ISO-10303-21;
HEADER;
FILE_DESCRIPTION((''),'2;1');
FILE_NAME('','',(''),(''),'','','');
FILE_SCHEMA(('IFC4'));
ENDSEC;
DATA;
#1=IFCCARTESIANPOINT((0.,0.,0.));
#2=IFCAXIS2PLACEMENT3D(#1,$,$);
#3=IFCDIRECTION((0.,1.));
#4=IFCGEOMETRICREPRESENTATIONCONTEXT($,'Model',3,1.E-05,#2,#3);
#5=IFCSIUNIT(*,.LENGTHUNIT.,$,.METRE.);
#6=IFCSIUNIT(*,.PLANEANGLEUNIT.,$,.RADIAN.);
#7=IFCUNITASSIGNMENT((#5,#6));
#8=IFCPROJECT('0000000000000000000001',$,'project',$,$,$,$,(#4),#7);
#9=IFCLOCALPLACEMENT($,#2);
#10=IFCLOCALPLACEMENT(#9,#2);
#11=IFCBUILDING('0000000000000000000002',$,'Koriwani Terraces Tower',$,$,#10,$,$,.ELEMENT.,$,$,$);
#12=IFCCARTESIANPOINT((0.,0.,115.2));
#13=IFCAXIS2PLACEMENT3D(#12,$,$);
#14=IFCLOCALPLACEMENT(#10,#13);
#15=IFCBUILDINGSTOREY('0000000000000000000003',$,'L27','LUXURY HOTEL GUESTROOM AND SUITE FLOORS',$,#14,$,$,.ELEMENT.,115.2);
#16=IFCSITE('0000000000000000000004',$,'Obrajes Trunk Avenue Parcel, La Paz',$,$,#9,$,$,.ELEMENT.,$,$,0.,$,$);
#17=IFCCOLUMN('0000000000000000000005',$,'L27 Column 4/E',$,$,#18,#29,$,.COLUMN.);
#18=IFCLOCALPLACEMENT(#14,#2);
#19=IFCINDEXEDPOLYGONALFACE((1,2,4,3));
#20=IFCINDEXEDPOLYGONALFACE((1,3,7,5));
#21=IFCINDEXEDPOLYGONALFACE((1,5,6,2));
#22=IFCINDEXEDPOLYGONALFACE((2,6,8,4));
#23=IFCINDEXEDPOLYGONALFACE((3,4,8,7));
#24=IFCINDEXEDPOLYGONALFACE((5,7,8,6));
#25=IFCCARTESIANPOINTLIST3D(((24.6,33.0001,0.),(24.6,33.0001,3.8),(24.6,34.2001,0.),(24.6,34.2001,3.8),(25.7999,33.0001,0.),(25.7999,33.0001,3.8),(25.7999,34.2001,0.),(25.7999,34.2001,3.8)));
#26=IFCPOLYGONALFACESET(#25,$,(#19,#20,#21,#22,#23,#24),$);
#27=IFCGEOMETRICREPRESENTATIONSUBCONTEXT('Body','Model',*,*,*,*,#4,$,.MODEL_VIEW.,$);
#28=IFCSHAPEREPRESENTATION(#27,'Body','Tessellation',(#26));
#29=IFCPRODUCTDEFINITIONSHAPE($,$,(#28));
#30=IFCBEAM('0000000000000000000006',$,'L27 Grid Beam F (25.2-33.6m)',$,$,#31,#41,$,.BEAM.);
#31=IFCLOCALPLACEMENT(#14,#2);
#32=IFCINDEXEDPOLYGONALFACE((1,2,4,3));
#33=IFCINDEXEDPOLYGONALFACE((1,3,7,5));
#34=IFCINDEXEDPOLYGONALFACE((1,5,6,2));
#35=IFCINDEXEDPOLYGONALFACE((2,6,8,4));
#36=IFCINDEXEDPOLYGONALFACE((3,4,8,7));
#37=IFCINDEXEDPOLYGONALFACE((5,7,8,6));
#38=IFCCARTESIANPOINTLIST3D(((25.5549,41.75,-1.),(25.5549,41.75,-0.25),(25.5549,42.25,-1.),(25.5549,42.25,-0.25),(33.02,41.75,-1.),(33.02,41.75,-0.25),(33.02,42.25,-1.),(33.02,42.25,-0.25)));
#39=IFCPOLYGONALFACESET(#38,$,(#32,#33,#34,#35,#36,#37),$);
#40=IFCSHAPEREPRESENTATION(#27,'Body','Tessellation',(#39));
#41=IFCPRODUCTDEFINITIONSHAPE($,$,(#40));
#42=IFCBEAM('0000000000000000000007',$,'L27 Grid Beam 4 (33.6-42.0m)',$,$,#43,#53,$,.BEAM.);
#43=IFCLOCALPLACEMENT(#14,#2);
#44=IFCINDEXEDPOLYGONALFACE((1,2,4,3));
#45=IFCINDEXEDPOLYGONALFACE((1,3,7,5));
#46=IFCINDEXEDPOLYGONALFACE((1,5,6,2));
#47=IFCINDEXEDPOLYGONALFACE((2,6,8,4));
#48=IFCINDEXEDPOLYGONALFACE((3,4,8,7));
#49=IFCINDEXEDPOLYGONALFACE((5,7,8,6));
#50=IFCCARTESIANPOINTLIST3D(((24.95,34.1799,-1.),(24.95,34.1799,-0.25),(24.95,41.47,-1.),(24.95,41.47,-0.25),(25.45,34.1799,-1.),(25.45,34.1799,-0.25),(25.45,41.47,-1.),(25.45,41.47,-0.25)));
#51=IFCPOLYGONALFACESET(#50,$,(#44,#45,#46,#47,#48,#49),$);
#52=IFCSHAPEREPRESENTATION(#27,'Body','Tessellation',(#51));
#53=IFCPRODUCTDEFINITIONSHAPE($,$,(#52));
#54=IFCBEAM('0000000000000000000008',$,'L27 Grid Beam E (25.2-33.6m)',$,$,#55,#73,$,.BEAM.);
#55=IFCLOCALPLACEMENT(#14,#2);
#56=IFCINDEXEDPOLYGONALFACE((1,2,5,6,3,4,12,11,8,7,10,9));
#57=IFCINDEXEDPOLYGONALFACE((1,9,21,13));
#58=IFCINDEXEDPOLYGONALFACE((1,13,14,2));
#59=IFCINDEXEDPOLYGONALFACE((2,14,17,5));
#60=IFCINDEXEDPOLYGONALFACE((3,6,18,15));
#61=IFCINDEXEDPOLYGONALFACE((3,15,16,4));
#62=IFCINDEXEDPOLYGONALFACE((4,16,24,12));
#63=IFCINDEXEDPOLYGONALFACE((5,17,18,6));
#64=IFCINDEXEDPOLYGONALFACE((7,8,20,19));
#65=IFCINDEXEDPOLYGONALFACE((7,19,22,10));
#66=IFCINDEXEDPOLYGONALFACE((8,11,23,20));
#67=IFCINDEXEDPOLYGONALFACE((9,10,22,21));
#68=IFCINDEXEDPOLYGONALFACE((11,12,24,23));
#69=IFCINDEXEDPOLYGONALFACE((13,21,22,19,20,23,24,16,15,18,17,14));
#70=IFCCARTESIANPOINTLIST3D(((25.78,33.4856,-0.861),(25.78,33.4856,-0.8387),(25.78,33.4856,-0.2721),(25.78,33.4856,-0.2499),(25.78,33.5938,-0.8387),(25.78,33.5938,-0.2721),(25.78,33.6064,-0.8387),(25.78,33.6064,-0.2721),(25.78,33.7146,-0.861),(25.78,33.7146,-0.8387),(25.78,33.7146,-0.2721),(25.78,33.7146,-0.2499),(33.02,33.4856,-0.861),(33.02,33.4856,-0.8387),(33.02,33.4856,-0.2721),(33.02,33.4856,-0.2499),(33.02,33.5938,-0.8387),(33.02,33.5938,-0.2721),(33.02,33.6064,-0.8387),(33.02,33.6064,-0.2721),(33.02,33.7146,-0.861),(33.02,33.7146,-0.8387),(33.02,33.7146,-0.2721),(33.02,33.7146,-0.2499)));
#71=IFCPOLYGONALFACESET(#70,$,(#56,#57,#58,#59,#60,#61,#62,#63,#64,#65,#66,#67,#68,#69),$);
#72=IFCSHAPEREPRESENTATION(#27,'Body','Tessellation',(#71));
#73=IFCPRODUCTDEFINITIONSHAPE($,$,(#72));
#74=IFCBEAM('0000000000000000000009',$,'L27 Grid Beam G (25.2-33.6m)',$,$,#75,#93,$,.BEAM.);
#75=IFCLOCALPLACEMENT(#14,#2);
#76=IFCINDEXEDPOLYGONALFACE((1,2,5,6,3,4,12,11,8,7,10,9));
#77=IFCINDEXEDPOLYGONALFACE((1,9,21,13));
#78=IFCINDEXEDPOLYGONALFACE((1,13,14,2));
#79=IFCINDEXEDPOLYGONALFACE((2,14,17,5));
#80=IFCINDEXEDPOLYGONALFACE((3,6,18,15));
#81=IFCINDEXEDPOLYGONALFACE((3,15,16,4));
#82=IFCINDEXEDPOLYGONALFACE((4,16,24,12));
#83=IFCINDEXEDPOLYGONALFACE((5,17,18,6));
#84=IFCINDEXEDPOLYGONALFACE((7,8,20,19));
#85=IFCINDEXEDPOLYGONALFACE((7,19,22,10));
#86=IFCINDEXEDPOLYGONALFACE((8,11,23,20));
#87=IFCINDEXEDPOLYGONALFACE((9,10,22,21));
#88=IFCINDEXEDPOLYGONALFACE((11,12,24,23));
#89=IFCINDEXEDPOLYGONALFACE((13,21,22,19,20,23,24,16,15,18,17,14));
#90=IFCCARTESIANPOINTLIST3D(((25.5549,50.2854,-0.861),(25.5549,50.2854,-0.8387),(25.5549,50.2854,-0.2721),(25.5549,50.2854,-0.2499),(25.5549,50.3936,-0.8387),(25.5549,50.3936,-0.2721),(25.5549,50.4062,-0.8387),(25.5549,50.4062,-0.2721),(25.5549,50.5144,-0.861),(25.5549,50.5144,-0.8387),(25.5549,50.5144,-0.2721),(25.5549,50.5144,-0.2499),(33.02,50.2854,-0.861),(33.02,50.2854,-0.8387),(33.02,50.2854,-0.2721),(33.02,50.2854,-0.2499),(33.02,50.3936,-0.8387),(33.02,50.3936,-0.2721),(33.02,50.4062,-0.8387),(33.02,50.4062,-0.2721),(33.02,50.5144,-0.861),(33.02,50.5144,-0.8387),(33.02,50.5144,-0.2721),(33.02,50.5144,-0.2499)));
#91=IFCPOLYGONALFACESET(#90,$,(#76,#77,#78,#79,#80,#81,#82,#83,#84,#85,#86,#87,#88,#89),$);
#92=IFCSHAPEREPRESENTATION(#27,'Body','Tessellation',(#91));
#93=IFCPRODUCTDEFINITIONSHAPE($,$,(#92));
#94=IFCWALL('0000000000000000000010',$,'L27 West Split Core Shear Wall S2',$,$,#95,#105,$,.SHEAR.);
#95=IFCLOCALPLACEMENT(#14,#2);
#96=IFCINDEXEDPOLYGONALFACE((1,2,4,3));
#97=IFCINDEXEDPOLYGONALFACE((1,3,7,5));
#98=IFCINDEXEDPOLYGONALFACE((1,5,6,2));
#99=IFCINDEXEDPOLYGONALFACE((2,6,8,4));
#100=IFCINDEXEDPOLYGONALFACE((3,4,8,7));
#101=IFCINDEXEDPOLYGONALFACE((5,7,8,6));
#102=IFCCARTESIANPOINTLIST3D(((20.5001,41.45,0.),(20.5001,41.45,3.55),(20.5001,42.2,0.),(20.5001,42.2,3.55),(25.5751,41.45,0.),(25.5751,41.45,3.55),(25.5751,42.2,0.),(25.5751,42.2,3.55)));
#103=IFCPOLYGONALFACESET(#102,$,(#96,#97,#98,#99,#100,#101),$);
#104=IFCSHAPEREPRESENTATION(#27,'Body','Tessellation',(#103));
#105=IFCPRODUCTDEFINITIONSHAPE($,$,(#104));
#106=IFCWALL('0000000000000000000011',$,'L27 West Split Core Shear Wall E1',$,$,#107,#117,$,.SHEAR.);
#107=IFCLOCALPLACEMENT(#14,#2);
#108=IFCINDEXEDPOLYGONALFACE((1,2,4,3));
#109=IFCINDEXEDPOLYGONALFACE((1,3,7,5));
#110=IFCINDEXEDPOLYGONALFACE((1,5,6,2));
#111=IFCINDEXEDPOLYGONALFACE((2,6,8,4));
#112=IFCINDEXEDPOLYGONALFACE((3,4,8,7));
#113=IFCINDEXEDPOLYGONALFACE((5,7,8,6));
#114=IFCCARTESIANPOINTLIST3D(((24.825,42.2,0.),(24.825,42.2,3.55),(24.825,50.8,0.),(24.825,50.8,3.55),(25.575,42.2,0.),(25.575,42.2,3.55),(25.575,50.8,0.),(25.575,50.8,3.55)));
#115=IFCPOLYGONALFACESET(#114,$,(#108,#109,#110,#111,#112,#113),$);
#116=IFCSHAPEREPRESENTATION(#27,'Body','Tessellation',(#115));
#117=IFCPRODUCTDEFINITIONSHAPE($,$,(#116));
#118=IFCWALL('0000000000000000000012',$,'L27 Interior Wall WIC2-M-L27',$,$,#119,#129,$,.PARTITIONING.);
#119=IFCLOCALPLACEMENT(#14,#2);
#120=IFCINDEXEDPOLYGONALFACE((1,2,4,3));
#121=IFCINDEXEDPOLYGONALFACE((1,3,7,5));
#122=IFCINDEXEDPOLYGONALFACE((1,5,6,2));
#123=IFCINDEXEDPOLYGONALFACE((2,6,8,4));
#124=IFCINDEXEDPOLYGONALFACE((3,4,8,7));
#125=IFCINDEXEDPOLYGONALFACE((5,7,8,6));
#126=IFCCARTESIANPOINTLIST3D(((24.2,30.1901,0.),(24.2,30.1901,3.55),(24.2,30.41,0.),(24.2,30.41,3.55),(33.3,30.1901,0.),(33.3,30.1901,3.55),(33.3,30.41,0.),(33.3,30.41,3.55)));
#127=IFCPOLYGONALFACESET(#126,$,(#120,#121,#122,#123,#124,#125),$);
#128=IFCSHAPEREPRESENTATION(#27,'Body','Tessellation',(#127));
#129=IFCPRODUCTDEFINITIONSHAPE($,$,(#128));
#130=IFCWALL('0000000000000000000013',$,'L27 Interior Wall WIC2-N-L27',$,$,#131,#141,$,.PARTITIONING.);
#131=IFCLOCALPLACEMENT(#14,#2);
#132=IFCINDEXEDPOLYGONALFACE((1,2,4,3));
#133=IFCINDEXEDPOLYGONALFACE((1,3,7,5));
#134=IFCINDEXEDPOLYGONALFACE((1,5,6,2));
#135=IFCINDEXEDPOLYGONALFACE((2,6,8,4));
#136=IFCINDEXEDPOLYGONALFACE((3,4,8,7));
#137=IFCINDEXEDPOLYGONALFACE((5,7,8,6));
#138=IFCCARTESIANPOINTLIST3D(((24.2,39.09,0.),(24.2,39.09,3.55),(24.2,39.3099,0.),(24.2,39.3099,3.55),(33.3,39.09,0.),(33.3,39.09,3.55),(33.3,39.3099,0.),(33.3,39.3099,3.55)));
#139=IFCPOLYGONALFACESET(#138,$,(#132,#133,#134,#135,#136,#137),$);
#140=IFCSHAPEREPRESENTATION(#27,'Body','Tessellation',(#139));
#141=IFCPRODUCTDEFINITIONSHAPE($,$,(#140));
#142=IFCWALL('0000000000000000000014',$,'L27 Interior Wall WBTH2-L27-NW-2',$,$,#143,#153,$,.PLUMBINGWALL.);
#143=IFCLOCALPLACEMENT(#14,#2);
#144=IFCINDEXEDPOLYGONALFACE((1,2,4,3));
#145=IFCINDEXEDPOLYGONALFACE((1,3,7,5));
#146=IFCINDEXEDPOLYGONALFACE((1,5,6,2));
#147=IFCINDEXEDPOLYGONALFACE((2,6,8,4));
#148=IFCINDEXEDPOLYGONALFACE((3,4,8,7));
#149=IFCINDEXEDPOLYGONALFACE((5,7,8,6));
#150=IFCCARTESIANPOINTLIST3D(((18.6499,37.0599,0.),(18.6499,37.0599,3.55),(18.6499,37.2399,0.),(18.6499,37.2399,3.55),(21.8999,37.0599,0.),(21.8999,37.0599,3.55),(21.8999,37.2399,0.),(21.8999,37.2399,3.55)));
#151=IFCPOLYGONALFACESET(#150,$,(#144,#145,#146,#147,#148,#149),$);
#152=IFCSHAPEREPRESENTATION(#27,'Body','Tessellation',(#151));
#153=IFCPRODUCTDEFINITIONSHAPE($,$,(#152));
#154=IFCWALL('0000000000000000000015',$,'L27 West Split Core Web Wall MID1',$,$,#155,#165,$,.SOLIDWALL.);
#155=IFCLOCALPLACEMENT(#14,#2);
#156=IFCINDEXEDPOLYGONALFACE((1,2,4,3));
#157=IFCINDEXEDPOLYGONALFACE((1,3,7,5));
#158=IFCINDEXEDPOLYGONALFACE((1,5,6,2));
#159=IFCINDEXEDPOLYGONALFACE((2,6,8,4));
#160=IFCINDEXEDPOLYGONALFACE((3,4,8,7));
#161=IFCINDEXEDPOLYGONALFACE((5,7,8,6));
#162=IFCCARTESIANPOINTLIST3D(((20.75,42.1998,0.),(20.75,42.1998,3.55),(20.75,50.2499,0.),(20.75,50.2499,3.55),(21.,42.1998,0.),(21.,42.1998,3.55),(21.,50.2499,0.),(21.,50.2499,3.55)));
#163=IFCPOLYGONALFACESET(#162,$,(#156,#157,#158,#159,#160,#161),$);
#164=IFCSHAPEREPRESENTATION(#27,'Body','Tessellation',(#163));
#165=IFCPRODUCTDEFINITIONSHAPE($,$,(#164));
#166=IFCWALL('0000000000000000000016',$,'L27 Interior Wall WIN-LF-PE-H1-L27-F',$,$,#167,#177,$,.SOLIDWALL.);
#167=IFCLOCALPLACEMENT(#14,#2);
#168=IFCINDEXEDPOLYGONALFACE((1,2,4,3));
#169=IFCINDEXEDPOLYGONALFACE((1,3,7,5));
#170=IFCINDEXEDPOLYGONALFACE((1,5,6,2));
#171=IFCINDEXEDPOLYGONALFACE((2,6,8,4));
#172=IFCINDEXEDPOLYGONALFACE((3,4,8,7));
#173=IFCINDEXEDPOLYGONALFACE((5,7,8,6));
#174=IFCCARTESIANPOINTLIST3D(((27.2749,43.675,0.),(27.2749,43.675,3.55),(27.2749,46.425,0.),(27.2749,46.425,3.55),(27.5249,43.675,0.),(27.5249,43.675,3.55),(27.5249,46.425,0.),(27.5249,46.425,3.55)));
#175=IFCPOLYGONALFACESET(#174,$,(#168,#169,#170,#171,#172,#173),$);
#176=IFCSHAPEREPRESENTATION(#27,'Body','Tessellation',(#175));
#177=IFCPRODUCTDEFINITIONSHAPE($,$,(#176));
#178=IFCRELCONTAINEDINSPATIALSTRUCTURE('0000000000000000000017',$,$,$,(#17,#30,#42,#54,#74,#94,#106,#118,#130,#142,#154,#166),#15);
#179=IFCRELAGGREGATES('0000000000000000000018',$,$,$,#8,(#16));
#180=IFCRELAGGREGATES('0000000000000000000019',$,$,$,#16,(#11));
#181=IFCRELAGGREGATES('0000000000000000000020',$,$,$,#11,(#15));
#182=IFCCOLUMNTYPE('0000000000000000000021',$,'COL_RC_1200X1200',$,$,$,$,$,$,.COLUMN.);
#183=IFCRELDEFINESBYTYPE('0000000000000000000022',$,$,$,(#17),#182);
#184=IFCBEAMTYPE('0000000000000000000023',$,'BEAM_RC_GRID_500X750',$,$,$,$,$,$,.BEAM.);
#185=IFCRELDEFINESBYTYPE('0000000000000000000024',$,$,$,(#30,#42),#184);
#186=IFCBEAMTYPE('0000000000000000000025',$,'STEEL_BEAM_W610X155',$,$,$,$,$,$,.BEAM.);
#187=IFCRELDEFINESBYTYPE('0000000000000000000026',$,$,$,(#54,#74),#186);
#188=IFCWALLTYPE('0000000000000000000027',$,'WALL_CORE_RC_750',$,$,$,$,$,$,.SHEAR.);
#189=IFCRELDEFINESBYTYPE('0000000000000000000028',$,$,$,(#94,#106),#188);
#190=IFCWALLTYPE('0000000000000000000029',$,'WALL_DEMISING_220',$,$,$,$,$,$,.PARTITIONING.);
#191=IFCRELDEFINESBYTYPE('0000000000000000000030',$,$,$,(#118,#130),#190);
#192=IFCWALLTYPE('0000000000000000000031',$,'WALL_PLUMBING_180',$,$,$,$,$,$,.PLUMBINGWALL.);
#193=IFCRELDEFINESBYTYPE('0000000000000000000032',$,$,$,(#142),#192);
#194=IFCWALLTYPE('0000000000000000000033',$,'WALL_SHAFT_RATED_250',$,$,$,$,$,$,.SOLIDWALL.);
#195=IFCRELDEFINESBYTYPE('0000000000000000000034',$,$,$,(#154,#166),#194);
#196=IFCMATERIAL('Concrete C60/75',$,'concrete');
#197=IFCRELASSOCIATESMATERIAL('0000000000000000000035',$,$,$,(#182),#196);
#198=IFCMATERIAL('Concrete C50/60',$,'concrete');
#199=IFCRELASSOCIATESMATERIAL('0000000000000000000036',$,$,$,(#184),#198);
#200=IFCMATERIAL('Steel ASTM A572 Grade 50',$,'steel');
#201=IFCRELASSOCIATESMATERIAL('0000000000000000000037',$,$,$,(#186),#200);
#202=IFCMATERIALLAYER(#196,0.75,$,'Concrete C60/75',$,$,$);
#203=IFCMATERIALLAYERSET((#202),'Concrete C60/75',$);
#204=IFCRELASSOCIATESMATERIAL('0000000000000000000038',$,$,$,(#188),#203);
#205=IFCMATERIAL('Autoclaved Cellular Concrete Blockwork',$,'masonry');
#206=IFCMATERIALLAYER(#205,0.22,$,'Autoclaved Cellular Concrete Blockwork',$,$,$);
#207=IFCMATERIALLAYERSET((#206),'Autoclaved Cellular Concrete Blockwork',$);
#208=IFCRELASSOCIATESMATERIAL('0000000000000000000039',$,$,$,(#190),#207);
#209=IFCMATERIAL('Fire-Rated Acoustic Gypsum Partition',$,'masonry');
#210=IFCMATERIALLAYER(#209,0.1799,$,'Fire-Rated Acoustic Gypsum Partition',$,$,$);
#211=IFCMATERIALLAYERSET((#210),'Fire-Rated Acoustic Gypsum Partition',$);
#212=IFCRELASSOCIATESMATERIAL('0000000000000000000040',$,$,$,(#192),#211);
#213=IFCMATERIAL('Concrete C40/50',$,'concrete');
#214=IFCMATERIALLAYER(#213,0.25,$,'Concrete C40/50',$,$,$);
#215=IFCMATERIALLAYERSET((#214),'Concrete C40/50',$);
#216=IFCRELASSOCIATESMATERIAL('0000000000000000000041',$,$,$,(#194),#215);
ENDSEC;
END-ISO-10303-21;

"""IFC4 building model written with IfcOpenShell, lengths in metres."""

from ifc_helpers import new_model, si_unit, direction, frame, frame_2d, origin, origin_2d, place, context, subcontext, project, spatial, rectangle, i_section, extrude, material, layer, layer_set, material_profile, profile_set, type_object, element, save


model = new_model("IFC4")

# Units and contexts
model_context = context("Model", 3, precision=1e-05, world=origin(), true_north=direction((0.0, 1.0)))
body_context = subcontext(model_context, "Body", "Model", "MODEL_VIEW")
ifc_project = project(units=[si_unit("LENGTHUNIT", "METRE"), si_unit("PLANEANGLEUNIT", "RADIAN")], contexts=[model_context])

# Site, building, storey
site_placement = place(None, origin())
site = spatial("IfcSite", under=ifc_project, at=site_placement, Name="Obrajes Trunk Avenue Parcel, La Paz", CompositionType="ELEMENT", RefElevation=0.0)
building_placement = place(site_placement, origin())
building = spatial("IfcBuilding", under=site, at=building_placement, Name="Koriwani Terraces Tower", CompositionType="ELEMENT")
storey_placement = place(building_placement, frame((0.0, 0.0, 115.2)))
storey = spatial("IfcBuildingStorey", under=building, at=storey_placement, Name="L27", Description="LUXURY HOTEL GUESTROOM AND SUITE FLOORS", CompositionType="ELEMENT", Elevation=115.2)

# Column
ifc_material_1 = material(Name="Concrete C60/75", Category="concrete")
ifc_material_profile_1 = material_profile(ifc_material_1, rectangle(XDim=1.2, YDim=1.2, at=origin_2d()), Name="Concrete C60/75", Category="LoadBearing")
ifc_profile_set_1 = profile_set([ifc_material_profile_1], Name="Concrete C60/75")
column_type = type_object("IfcColumnType", Name="COL_RC_1200X1200", PredefinedType="COLUMN", material=ifc_profile_set_1)
column_placement = place(storey_placement, frame((25.2, 33.6001, 0.0), z_axis=(0.0, 0.0, 1.0), x_axis=(1.0, 0.0, 0.0)))
element("IfcColumn", 1, at=column_placement, inside=storey, type_object=column_type, Name="L27 Column 4/E", PredefinedType="COLUMN", context=body_context, shape_type="SweptSolid", body=[
    extrude(rectangle(XDim=1.2, YDim=1.2, at=origin_2d()), origin(), (0.0, 0.0, 1.0), 3.8),
])

# Beams
ifc_material_2 = material(Name="Concrete C50/60", Category="concrete")
ifc_material_profile_2 = material_profile(ifc_material_2, rectangle(XDim=0.5, YDim=0.75, at=origin_2d()), Name="Concrete C50/60", Category="LoadBearing")
ifc_profile_set_2 = profile_set([ifc_material_profile_2], Name="Concrete C50/60")
beam_type_1 = type_object("IfcBeamType", Name="BEAM_RC_GRID_500X750", PredefinedType="BEAM", material=ifc_profile_set_2)
beam_1_placement = place(storey_placement, frame((25.5549, 42.0, -0.625), z_axis=(1.0, 0.0, 0.0), x_axis=(0.0, 1.0, 0.0)))
element("IfcBeam", 2, at=beam_1_placement, inside=storey, type_object=beam_type_1, Name="L27 Grid Beam F (25.2-33.6m)", PredefinedType="BEAM", context=body_context, shape_type="SweptSolid", body=[
    extrude(rectangle(XDim=0.5, YDim=0.75, at=origin_2d()), origin(), (0.0, 0.0, 1.0), 7.4651),
])
beam_2_placement = place(storey_placement, frame((25.2, 34.1799, -0.625), z_axis=(0.0, 1.0, 0.0), x_axis=(-1.0, 0.0, 0.0)))
element("IfcBeam", 3, at=beam_2_placement, inside=storey, type_object=beam_type_1, Name="L27 Grid Beam 4 (33.6-42.0m)", PredefinedType="BEAM", context=body_context, shape_type="SweptSolid", body=[
    extrude(rectangle(XDim=0.5, YDim=0.75, at=origin_2d()), origin(), (0.0, 0.0, 1.0), 7.29),
])
ifc_material_3 = material(Name="Steel ASTM A572 Grade 50", Category="steel")
ifc_material_profile_3 = material_profile(ifc_material_3, i_section(OverallWidth=0.229, OverallDepth=0.6111, WebThickness=0.0127, FlangeThickness=0.0222, at=origin_2d()), Name="Steel ASTM A572 Grade 50", Category="LoadBearing")
ifc_profile_set_3 = profile_set([ifc_material_profile_3], Name="Steel ASTM A572 Grade 50")
beam_type_2 = type_object("IfcBeamType", Name="STEEL_BEAM_W610X155", PredefinedType="BEAM", material=ifc_profile_set_3)
beam_3_placement = place(storey_placement, frame((25.78, 33.6001, -0.5554), z_axis=(1.0, 0.0, 0.0), x_axis=(0.0, 1.0, 0.0)))
element("IfcBeam", 4, at=beam_3_placement, inside=storey, type_object=beam_type_2, Name="L27 Grid Beam E (25.2-33.6m)", PredefinedType="BEAM", context=body_context, shape_type="SweptSolid", body=[
    extrude(i_section(OverallWidth=0.229, OverallDepth=0.6111, WebThickness=0.0127, FlangeThickness=0.0222, at=origin_2d()), origin(), (0.0, 0.0, 1.0), 7.24),
])
beam_4_placement = place(storey_placement, frame((25.5549, 50.3999, -0.5554), z_axis=(1.0, 0.0, 0.0), x_axis=(0.0, 1.0, 0.0)))
element("IfcBeam", 5, at=beam_4_placement, inside=storey, type_object=beam_type_2, Name="L27 Grid Beam G (25.2-33.6m)", PredefinedType="BEAM", context=body_context, shape_type="SweptSolid", body=[
    extrude(i_section(OverallWidth=0.229, OverallDepth=0.6111, WebThickness=0.0127, FlangeThickness=0.0222, at=origin_2d()), origin(), (0.0, 0.0, 1.0), 7.4651),
])

# Walls
ifc_layer_1 = layer(ifc_material_1, 0.75, Name="Concrete C60/75")
ifc_layer_set_1 = layer_set([ifc_layer_1], Name="Concrete C60/75")
wall_type_1 = type_object("IfcWallType", Name="WALL_CORE_RC_750", PredefinedType="SHEAR", material=ifc_layer_set_1)
wall_1_placement = place(storey_placement, frame((20.5, 41.825, 0.0), z_axis=(0.0, 0.0, 1.0), x_axis=(1.0, 0.0, 0.0)))
element("IfcWall", 6, at=wall_1_placement, inside=storey, type_object=wall_type_1, Name="L27 West Split Core Shear Wall S2", PredefinedType="SHEAR", context=body_context, shape_type="SweptSolid", body=[
    extrude(rectangle(XDim=5.075, YDim=0.75, at=frame_2d((2.5376, 0.0))), origin(), (0.0, 0.0, 1.0), 3.55),
])
wall_2_placement = place(storey_placement, frame((25.2, 42.2, 0.0), z_axis=(0.0, 0.0, 1.0), x_axis=(0.0, 1.0, 0.0)))
element("IfcWall", 7, at=wall_2_placement, inside=storey, type_object=wall_type_1, Name="L27 West Split Core Shear Wall E1", PredefinedType="SHEAR", context=body_context, shape_type="SweptSolid", body=[
    extrude(rectangle(XDim=8.6001, YDim=0.75, at=frame_2d((4.3, 0.0))), origin(), (0.0, 0.0, 1.0), 3.55),
])
ifc_material_4 = material(Name="Autoclaved Cellular Concrete Blockwork", Category="masonry")
ifc_layer_2 = layer(ifc_material_4, 0.22, Name="Autoclaved Cellular Concrete Blockwork")
ifc_layer_set_2 = layer_set([ifc_layer_2], Name="Autoclaved Cellular Concrete Blockwork")
wall_type_2 = type_object("IfcWallType", Name="WALL_DEMISING_220", PredefinedType="PARTITIONING", material=ifc_layer_set_2)
for number, where, z_axis, x_axis, name in (
    (8, (24.2, 30.3, 0.0), (0.0, 0.0, 1.0), (1.0, 0.0, 0.0), "L27 Interior Wall WIC2-M-L27"),
    (9, (24.2, 39.2, 0.0), (0.0, 0.0, 1.0), (1.0, 0.0, 0.0), "L27 Interior Wall WIC2-N-L27"),
):
    element("IfcWall", number, at=place(storey_placement, frame(where, z_axis=z_axis, x_axis=x_axis)), inside=storey, type_object=wall_type_2, Name=name, PredefinedType="PARTITIONING", context=body_context, shape_type="SweptSolid", body=[
        extrude(rectangle(XDim=9.1001, YDim=0.22, at=frame_2d((4.55, 0.0))), origin(), (0.0, 0.0, 1.0), 3.55),
    ])
ifc_material_5 = material(Name="Fire-Rated Acoustic Gypsum Partition", Category="masonry")
ifc_layer_3 = layer(ifc_material_5, 0.1799, Name="Fire-Rated Acoustic Gypsum Partition")
ifc_layer_set_3 = layer_set([ifc_layer_3], Name="Fire-Rated Acoustic Gypsum Partition")
wall_type_3 = type_object("IfcWallType", Name="WALL_PLUMBING_180", PredefinedType="PLUMBINGWALL", material=ifc_layer_set_3)
wall_3_placement = place(storey_placement, frame((18.6499, 37.1499, 0.0), z_axis=(0.0, 0.0, 1.0), x_axis=(1.0, 0.0, 0.0)))
element("IfcWall", 10, at=wall_3_placement, inside=storey, type_object=wall_type_3, Name="L27 Interior Wall WBTH2-L27-NW-2", PredefinedType="PLUMBINGWALL", context=body_context, shape_type="SweptSolid", body=[
    extrude(rectangle(XDim=3.25, YDim=0.1799, at=frame_2d((1.625, 0.0))), origin(), (0.0, 0.0, 1.0), 3.55),
])
ifc_material_6 = material(Name="Concrete C40/50", Category="concrete")
ifc_layer_4 = layer(ifc_material_6, 0.25, Name="Concrete C40/50")
ifc_layer_set_4 = layer_set([ifc_layer_4], Name="Concrete C40/50")
wall_type_4 = type_object("IfcWallType", Name="WALL_SHAFT_RATED_250", PredefinedType="SOLIDWALL", material=ifc_layer_set_4)
wall_4_placement = place(storey_placement, frame((20.875, 42.2, 0.0), z_axis=(0.0, 0.0, 1.0), x_axis=(0.0, 1.0, 0.0)))
element("IfcWall", 11, at=wall_4_placement, inside=storey, type_object=wall_type_4, Name="L27 West Split Core Web Wall MID1", PredefinedType="SOLIDWALL", context=body_context, shape_type="SweptSolid", body=[
    extrude(rectangle(XDim=8.05, YDim=0.25, at=frame_2d((4.0249, 0.0))), origin(), (0.0, 0.0, 1.0), 3.55),
])

# Wall
wall_5_placement = place(storey_placement, frame((27.3999, 43.675, 0.0), z_axis=(0.0, 0.0, 1.0), x_axis=(0.0, 1.0, 0.0)))
element("IfcWall", 12, at=wall_5_placement, inside=storey, type_object=wall_type_4, Name="L27 Interior Wall WIN-LF-PE-H1-L27-F", PredefinedType="SOLIDWALL", context=body_context, shape_type="SweptSolid", body=[
    extrude(rectangle(XDim=2.75, YDim=0.25, at=frame_2d((1.375, 0.0))), origin(), (0.0, 0.0, 1.0), 3.55),
])

save(model, "model.ifc")
